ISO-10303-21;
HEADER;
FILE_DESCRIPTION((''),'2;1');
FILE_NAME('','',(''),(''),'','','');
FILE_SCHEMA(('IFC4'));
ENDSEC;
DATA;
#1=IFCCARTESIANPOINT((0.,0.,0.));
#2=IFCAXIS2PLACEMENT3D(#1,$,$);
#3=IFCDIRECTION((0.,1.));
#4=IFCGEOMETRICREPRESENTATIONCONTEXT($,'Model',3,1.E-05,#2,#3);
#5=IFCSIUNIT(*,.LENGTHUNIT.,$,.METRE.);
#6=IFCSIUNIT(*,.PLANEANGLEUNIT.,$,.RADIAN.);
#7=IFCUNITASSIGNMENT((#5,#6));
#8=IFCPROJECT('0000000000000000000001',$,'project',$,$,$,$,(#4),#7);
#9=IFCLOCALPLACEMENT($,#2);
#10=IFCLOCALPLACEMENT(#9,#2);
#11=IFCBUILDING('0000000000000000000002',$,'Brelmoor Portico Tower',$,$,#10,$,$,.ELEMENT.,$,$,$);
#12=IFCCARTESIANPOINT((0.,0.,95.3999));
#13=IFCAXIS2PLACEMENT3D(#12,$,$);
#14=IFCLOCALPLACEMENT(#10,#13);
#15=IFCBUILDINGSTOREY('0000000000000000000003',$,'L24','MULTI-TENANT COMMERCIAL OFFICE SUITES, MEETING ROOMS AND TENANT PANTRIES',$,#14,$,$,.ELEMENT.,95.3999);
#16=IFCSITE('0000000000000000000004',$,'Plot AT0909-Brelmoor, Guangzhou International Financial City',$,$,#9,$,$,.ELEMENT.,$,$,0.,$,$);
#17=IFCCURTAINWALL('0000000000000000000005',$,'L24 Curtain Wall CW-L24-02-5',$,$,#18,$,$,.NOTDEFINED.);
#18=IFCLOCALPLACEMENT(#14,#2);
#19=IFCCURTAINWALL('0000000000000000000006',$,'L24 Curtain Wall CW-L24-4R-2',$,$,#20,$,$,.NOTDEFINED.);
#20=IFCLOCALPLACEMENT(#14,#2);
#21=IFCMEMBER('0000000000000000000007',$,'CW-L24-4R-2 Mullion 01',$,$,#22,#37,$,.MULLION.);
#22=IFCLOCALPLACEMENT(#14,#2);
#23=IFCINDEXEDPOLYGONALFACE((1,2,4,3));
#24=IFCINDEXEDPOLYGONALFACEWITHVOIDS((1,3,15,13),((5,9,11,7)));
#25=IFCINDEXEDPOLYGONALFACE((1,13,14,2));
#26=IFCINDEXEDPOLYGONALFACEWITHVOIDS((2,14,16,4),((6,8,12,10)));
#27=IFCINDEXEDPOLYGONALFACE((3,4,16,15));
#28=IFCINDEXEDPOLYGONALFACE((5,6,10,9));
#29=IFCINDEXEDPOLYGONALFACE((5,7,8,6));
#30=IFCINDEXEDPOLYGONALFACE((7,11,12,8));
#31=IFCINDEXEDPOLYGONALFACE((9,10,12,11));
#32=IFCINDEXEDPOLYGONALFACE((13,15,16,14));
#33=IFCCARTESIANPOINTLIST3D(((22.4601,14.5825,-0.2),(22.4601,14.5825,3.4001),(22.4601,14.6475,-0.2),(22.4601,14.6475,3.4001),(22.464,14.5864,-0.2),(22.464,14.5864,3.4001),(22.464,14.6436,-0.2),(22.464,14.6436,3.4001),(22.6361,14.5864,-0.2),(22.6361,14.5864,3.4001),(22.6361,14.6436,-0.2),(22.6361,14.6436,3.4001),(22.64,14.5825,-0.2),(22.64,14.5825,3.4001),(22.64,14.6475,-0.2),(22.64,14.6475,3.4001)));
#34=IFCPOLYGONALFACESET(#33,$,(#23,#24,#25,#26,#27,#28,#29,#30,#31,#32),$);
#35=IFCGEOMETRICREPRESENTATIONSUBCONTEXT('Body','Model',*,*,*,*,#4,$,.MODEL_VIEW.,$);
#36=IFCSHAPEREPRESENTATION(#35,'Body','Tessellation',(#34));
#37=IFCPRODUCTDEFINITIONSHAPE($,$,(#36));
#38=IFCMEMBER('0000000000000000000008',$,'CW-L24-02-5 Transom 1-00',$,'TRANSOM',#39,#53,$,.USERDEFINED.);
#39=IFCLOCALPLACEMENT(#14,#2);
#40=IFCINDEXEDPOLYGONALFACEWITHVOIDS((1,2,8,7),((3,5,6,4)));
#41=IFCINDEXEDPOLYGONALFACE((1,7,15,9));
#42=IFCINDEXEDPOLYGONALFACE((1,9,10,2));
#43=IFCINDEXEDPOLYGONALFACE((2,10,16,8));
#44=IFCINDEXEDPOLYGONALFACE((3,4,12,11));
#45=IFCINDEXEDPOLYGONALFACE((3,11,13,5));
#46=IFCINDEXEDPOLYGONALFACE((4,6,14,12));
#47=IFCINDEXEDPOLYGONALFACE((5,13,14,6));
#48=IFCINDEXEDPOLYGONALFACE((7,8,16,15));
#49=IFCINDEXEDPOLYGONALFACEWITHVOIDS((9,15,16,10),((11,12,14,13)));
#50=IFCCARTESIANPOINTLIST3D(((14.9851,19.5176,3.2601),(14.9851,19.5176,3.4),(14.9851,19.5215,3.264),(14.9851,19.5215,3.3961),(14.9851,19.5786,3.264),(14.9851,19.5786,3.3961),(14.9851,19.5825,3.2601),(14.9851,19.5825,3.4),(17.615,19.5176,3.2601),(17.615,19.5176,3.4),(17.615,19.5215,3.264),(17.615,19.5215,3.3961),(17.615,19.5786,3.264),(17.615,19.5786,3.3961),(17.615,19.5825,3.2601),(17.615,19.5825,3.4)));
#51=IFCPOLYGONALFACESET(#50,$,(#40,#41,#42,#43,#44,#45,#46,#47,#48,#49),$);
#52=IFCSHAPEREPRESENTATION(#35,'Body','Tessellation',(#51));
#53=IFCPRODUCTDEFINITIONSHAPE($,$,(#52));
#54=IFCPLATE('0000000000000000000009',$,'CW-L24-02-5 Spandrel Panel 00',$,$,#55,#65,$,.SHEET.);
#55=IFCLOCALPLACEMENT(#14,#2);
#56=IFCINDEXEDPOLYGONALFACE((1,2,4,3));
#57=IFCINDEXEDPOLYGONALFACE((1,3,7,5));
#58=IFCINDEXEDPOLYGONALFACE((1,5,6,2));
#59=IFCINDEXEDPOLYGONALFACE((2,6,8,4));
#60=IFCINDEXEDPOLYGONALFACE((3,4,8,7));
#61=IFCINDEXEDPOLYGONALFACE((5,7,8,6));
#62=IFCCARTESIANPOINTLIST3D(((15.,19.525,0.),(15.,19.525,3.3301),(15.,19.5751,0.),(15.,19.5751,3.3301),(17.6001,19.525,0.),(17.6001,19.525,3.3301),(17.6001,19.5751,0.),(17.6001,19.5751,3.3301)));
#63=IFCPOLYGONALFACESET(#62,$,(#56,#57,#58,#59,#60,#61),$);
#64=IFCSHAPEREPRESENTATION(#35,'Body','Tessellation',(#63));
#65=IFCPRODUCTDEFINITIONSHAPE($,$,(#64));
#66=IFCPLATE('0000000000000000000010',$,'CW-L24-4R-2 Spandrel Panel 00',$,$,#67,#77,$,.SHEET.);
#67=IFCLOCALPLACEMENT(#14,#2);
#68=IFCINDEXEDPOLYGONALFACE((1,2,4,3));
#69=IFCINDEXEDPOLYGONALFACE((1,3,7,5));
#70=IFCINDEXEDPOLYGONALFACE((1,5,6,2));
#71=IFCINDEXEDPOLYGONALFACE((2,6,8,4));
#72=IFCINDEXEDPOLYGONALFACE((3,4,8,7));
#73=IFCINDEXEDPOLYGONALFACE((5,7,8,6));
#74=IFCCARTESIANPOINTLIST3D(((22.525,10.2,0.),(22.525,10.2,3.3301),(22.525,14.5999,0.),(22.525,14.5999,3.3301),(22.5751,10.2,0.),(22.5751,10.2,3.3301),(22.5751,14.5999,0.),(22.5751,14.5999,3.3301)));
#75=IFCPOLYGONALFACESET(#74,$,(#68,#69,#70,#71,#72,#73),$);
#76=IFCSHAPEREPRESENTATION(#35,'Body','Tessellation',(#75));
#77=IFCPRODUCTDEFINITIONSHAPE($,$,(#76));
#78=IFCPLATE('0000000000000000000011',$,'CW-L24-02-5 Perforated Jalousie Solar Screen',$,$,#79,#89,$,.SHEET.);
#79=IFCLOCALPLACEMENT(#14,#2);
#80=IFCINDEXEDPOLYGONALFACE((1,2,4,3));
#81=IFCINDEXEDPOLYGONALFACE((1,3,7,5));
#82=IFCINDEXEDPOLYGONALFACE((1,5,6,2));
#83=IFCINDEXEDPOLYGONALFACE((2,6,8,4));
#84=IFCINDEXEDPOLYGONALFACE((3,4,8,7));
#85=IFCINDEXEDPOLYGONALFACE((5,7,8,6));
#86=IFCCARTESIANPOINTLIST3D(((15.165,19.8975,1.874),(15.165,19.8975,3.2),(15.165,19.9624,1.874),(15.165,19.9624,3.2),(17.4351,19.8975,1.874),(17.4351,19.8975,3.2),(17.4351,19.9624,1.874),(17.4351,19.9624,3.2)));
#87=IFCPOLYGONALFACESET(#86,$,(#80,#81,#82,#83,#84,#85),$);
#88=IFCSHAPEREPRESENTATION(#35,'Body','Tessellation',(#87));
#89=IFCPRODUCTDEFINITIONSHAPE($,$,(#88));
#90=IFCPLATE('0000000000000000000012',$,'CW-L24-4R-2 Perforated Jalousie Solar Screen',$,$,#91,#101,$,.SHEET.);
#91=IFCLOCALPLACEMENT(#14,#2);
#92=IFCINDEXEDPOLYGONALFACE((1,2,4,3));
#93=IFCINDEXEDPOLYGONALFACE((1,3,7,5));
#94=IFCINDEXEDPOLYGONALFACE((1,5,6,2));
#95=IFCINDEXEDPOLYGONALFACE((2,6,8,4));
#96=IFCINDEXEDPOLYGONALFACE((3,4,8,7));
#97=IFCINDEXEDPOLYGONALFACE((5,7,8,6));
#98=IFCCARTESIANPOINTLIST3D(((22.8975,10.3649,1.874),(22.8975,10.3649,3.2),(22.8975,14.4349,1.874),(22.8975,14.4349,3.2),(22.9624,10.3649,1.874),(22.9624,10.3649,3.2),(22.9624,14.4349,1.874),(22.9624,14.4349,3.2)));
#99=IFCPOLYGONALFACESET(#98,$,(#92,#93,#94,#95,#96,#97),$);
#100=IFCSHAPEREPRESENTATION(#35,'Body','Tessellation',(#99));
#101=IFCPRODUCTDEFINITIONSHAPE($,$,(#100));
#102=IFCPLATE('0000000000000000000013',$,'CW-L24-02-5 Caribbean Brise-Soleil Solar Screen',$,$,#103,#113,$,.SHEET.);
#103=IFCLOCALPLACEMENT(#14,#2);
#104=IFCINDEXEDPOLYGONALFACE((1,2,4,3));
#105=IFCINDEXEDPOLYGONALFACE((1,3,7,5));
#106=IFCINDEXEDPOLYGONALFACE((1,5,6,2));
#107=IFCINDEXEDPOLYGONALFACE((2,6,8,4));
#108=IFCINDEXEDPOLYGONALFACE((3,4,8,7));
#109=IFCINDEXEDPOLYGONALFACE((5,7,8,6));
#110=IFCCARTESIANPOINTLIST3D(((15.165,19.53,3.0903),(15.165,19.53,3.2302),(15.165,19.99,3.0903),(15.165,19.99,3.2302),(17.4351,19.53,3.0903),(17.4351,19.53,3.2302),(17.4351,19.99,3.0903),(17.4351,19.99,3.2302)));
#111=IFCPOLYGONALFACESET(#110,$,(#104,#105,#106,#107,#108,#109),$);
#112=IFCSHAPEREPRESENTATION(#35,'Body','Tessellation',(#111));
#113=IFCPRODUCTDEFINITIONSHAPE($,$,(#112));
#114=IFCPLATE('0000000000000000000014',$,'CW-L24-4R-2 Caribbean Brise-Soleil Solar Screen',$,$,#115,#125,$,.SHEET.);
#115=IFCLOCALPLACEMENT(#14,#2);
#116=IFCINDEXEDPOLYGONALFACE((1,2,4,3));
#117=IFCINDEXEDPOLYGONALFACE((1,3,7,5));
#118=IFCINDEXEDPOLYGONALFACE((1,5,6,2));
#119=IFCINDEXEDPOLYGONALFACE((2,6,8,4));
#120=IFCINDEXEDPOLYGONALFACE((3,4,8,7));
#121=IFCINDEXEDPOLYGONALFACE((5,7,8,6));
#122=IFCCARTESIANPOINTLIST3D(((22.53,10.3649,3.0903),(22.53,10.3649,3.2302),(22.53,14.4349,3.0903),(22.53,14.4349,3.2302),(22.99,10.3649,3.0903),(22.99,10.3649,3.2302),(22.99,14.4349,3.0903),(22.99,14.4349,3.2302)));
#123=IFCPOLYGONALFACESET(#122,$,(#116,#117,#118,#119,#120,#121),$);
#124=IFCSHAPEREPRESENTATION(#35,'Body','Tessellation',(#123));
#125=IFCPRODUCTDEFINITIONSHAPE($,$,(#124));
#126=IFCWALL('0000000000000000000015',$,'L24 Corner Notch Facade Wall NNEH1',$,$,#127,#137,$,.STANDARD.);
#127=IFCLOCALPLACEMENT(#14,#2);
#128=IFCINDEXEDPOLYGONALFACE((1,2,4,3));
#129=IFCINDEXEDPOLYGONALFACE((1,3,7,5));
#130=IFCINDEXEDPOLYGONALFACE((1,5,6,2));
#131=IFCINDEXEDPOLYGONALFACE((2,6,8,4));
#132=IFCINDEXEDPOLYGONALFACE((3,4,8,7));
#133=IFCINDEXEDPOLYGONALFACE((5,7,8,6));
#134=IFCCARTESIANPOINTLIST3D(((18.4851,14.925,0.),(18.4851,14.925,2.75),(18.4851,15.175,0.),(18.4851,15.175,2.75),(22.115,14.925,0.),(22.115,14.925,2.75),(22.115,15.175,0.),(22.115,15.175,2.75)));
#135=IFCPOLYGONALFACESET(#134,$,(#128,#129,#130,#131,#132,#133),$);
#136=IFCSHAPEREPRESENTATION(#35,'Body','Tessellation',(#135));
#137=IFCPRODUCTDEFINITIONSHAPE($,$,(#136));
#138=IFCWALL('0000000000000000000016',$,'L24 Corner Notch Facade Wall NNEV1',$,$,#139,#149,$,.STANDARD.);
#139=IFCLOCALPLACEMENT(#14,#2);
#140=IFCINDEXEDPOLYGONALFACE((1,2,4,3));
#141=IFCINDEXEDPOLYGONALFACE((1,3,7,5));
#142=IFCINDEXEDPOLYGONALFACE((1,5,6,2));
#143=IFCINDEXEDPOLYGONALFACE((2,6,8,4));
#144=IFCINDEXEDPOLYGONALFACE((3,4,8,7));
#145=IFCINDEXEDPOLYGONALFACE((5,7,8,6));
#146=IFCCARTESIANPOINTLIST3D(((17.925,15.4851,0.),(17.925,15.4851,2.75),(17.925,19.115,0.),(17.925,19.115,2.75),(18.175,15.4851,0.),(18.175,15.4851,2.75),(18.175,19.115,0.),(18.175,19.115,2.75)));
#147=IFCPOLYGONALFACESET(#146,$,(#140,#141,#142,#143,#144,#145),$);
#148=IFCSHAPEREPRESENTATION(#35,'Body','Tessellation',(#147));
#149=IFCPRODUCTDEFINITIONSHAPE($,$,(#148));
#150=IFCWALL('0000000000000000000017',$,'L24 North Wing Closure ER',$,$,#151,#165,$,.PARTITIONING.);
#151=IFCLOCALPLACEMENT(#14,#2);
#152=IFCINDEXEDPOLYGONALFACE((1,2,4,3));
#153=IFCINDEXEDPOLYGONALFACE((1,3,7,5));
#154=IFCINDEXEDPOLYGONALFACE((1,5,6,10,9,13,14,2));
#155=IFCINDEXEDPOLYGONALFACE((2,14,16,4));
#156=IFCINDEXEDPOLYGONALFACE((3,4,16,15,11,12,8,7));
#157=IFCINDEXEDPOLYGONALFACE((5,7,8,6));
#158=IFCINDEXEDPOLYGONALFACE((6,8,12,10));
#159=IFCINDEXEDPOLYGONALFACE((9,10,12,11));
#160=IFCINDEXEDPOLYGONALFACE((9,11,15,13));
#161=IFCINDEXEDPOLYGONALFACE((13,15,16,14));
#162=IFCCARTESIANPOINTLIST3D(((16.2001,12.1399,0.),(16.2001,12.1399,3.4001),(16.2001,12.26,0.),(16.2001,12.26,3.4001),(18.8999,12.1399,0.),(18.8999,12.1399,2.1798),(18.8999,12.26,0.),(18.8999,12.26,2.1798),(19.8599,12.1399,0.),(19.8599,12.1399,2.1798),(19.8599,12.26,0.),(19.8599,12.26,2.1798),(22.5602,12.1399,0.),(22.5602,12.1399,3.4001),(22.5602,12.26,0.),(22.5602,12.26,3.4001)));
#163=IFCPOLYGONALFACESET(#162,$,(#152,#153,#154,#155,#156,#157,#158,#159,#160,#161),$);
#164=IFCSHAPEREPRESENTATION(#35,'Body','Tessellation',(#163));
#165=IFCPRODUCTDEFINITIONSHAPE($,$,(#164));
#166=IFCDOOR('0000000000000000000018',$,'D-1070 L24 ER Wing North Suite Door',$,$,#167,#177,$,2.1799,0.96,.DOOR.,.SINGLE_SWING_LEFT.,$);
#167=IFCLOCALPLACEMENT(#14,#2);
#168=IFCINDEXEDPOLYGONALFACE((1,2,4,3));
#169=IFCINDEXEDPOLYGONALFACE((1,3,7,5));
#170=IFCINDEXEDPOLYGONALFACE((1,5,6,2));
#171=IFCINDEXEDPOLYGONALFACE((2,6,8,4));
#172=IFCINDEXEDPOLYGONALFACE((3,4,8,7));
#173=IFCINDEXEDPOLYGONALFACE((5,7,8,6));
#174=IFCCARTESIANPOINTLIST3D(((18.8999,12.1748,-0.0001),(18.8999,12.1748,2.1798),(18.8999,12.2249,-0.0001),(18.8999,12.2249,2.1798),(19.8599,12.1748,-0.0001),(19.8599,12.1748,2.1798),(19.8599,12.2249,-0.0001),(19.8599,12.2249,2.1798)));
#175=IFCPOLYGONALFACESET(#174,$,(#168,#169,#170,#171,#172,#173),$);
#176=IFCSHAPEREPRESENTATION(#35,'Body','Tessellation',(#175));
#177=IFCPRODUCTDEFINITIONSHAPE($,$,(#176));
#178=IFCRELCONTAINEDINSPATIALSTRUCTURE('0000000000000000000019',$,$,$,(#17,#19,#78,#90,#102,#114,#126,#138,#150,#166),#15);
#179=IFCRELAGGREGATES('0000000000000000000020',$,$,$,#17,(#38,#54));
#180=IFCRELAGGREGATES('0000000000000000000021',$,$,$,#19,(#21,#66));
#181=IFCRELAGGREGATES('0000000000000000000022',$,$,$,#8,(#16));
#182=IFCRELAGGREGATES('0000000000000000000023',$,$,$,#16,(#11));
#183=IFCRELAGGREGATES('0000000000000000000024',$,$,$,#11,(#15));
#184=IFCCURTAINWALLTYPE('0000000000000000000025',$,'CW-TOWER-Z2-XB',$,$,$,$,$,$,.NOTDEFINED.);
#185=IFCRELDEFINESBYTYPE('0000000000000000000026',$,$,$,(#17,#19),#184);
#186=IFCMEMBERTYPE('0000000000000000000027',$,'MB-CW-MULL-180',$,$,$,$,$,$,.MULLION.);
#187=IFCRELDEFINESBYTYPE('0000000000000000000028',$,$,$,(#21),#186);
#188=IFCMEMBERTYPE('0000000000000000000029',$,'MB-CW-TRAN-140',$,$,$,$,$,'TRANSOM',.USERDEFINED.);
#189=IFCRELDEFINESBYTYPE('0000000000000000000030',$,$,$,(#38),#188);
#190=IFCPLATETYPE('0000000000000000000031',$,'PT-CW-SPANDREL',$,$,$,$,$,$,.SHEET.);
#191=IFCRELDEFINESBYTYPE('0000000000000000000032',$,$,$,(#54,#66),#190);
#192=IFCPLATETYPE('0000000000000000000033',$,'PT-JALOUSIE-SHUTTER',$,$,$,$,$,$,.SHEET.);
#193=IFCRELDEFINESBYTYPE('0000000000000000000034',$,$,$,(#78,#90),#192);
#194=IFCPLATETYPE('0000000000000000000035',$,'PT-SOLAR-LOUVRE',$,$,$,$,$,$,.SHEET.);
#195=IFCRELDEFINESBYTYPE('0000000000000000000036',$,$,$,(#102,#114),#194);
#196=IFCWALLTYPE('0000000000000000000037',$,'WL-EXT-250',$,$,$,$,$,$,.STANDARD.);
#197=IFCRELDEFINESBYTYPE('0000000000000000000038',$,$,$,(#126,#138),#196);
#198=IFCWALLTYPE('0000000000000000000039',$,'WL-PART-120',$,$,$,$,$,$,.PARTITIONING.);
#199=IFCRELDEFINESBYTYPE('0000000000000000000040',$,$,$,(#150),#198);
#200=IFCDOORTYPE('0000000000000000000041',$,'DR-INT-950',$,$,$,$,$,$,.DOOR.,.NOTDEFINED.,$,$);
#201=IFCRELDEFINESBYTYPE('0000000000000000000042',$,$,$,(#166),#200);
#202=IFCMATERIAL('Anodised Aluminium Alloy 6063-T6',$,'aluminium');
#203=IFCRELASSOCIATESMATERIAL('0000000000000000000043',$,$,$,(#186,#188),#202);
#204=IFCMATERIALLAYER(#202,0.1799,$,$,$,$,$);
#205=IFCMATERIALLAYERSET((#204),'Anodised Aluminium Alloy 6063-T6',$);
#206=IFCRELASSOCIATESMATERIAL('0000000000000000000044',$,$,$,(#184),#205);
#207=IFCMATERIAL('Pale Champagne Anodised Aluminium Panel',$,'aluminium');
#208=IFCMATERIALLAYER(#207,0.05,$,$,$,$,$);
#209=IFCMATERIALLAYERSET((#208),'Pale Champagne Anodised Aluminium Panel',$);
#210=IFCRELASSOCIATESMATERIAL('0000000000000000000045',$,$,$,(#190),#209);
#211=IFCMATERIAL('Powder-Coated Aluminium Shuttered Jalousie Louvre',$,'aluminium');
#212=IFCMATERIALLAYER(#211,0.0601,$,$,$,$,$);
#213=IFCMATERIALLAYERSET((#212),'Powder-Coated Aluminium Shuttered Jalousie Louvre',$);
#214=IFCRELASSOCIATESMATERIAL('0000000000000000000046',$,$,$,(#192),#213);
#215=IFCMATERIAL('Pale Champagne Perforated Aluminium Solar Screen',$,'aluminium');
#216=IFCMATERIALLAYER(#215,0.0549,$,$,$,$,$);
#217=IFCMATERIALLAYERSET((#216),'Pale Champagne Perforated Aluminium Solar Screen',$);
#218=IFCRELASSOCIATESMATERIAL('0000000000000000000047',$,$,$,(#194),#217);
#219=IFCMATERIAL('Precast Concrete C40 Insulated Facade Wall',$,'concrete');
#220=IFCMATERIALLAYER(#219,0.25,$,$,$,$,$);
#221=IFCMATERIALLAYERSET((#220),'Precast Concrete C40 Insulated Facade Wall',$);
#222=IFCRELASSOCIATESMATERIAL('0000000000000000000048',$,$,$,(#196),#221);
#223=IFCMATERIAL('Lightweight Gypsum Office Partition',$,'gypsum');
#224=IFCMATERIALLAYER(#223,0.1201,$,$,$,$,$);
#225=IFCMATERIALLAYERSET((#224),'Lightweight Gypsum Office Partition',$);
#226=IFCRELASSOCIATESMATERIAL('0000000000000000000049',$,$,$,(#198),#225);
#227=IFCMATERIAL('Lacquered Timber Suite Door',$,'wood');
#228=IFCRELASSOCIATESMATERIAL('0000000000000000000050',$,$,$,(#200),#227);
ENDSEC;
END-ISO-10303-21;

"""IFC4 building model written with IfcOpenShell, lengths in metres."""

from ifc_helpers import new_model, si_unit, direction, frame, frame_2d, origin, origin_2d, place, context, subcontext, project, spatial, rectangle, hollow_rectangle, extrude, material, layer, layer_set, material_profile, profile_set, type_object, element, fill, aggregate, save


model = new_model("IFC4")

# Units and contexts
model_context = context("Model", 3, precision=1e-05, world=origin(), true_north=direction((0.0, 1.0)))
body_context = subcontext(model_context, "Body", "Model", "MODEL_VIEW")
ifc_project = project(units=[si_unit("LENGTHUNIT", "METRE"), si_unit("PLANEANGLEUNIT", "RADIAN")], contexts=[model_context])

# Site, building, storey
site_placement = place(None, origin())
site = spatial("IfcSite", under=ifc_project, at=site_placement, Name="Plot AT0909-Brelmoor, Guangzhou International Financial City", CompositionType="ELEMENT", RefElevation=0.0)
building_placement = place(site_placement, origin())
building = spatial("IfcBuilding", under=site, at=building_placement, Name="Brelmoor Portico Tower", CompositionType="ELEMENT")
storey_placement = place(building_placement, frame((0.0, 0.0, 95.3999)))
storey = spatial("IfcBuildingStorey", under=building, at=storey_placement, Name="L24", Description="MULTI-TENANT COMMERCIAL OFFICE SUITES, MEETING ROOMS AND TENANT PANTRIES", CompositionType="ELEMENT", Elevation=95.3999)

# Shared definitions
ifc_material_1 = material(Name="Anodised Aluminium Alloy 6063-T6", Category="aluminium")
ifc_material_profile_1 = material_profile(ifc_material_1, hollow_rectangle(XDim=0.0649, YDim=0.1799, WallThickness=0.0039, at=origin_2d()), Name="ALU MULLION 65x180")
ifc_profile_set_1 = profile_set([ifc_material_profile_1], Name="Anodised Aluminium Alloy 6063-T6")
member_type_1 = type_object("IfcMemberType", Name="MB-CW-MULL-180", PredefinedType="MULLION", material=ifc_profile_set_1)

# Curtain wall
ifc_layer_1 = layer(ifc_material_1, 0.1799)
ifc_layer_set_1 = layer_set([ifc_layer_1], Name="Anodised Aluminium Alloy 6063-T6")
curtain_wall_type_1 = type_object("IfcCurtainWallType", Name="CW-TOWER-Z2-XB", PredefinedType="NOTDEFINED", material=ifc_layer_set_1)
curtain_wall_1_placement = place(storey_placement, origin())
curtain_wall_1 = element("IfcCurtainWall", 1, at=curtain_wall_1_placement, inside=storey, type_object=curtain_wall_type_1, Name="L24 Curtain Wall CW-L24-02-5", PredefinedType="NOTDEFINED")

# Curtain wall, member
curtain_wall_2_placement = place(storey_placement, origin())
curtain_wall_2 = element("IfcCurtainWall", 2, at=curtain_wall_2_placement, inside=storey, type_object=curtain_wall_type_1, Name="L24 Curtain Wall CW-L24-4R-2", PredefinedType="NOTDEFINED")
member_1_placement = place(storey_placement, frame((22.55, 14.615, -0.2), z_axis=(0.0, 0.0, 1.0), x_axis=(0.0, 1.0, 0.0)))
member_1 = element("IfcMember", 3, at=member_1_placement, type_object=member_type_1, Name="CW-L24-4R-2 Mullion 01", PredefinedType="MULLION", context=body_context, shape_type="SweptSolid", body=[
    extrude(hollow_rectangle(XDim=0.0649, YDim=0.1799, WallThickness=0.0039, at=origin_2d()), origin(), (0.0, 0.0, 1.0), 3.6001),
])

# Member
ifc_material_profile_2 = material_profile(ifc_material_1, hollow_rectangle(XDim=0.0649, YDim=0.1399, WallThickness=0.0039, at=origin_2d()), Name="ALU TRANSOM 65x140")
ifc_profile_set_2 = profile_set([ifc_material_profile_2], Name="Anodised Aluminium Alloy 6063-T6")
member_type_2 = type_object("IfcMemberType", Name="MB-CW-TRAN-140", ElementType="TRANSOM", PredefinedType="USERDEFINED", material=ifc_profile_set_2)
member_2_placement = place(storey_placement, frame((14.9851, 19.55, 3.3301), z_axis=(1.0, 0.0, 0.0), x_axis=(0.0, 1.0, 0.0)))
member_2 = element("IfcMember", 4, at=member_2_placement, type_object=member_type_2, Name="CW-L24-02-5 Transom 1-00", ObjectType="TRANSOM", PredefinedType="USERDEFINED", context=body_context, shape_type="SweptSolid", body=[
    extrude(hollow_rectangle(XDim=0.0649, YDim=0.1399, WallThickness=0.0039, at=origin_2d()), origin(), (0.0, 0.0, 1.0), 2.6299),
])

# Plates
ifc_material_2 = material(Name="Pale Champagne Anodised Aluminium Panel", Category="aluminium")
ifc_layer_2 = layer(ifc_material_2, 0.05)
ifc_layer_set_2 = layer_set([ifc_layer_2], Name="Pale Champagne Anodised Aluminium Panel")
plate_type_1 = type_object("IfcPlateType", Name="PT-CW-SPANDREL", PredefinedType="SHEET", material=ifc_layer_set_2)
plate_1_placement = place(storey_placement, frame((16.3, 19.55, 0.0), z_axis=(0.0, 0.0, 1.0), x_axis=(1.0, 0.0, 0.0)))
plate_1 = element("IfcPlate", 5, at=plate_1_placement, type_object=plate_type_1, Name="CW-L24-02-5 Spandrel Panel 00", PredefinedType="SHEET", context=body_context, shape_type="SweptSolid", body=[
    extrude(rectangle(XDim=2.6001, YDim=0.05, at=origin_2d()), origin(), (0.0, 0.0, 1.0), 3.3301),
])
aggregate(curtain_wall_1, [member_2, plate_1])
plate_2_placement = place(storey_placement, frame((22.55, 12.3999, 0.0), z_axis=(0.0, 0.0, 1.0), x_axis=(0.0, 1.0, 0.0)))
plate_2 = element("IfcPlate", 6, at=plate_2_placement, type_object=plate_type_1, Name="CW-L24-4R-2 Spandrel Panel 00", PredefinedType="SHEET", context=body_context, shape_type="SweptSolid", body=[
    extrude(rectangle(XDim=4.3999, YDim=0.05, at=origin_2d()), origin(), (0.0, 0.0, 1.0), 3.3301),
])
aggregate(curtain_wall_2, [member_1, plate_2])

# Plates
ifc_material_3 = material(Name="Powder-Coated Aluminium Shuttered Jalousie Louvre", Category="aluminium")
ifc_layer_3 = layer(ifc_material_3, 0.0601)
ifc_layer_set_3 = layer_set([ifc_layer_3], Name="Powder-Coated Aluminium Shuttered Jalousie Louvre")
plate_type_2 = type_object("IfcPlateType", Name="PT-JALOUSIE-SHUTTER", PredefinedType="SHEET", material=ifc_layer_set_3)
plate_3_placement = place(storey_placement, frame((16.3, 19.9299, 1.874), z_axis=(0.0, 0.0, 1.0), x_axis=(1.0, 0.0, 0.0)))
element("IfcPlate", 7, at=plate_3_placement, inside=storey, type_object=plate_type_2, Name="CW-L24-02-5 Perforated Jalousie Solar Screen", PredefinedType="SHEET", context=body_context, shape_type="SweptSolid", body=[
    extrude(rectangle(XDim=2.27, YDim=0.0649, at=origin_2d()), origin(), (0.0, 0.0, 1.0), 1.3259),
])
plate_4_placement = place(storey_placement, frame((22.9299, 12.3999, 1.874), z_axis=(0.0, 0.0, 1.0), x_axis=(0.0, 1.0, 0.0)))
element("IfcPlate", 8, at=plate_4_placement, inside=storey, type_object=plate_type_2, Name="CW-L24-4R-2 Perforated Jalousie Solar Screen", PredefinedType="SHEET", context=body_context, shape_type="SweptSolid", body=[
    extrude(rectangle(XDim=4.0701, YDim=0.0649, at=origin_2d()), origin(), (0.0, 0.0, 1.0), 1.3259),
])
ifc_material_4 = material(Name="Pale Champagne Perforated Aluminium Solar Screen", Category="aluminium")
ifc_layer_4 = layer(ifc_material_4, 0.0549)
ifc_layer_set_4 = layer_set([ifc_layer_4], Name="Pale Champagne Perforated Aluminium Solar Screen")
plate_type_3 = type_object("IfcPlateType", Name="PT-SOLAR-LOUVRE", PredefinedType="SHEET", material=ifc_layer_set_4)
plate_5_placement = place(storey_placement, frame((16.3, 19.76, 3.0903), z_axis=(0.0, 0.0, 1.0), x_axis=(1.0, 0.0, 0.0)))
element("IfcPlate", 9, at=plate_5_placement, inside=storey, type_object=plate_type_3, Name="CW-L24-02-5 Caribbean Brise-Soleil Solar Screen", PredefinedType="SHEET", context=body_context, shape_type="SweptSolid", body=[
    extrude(rectangle(XDim=2.27, YDim=0.46, at=origin_2d()), origin(), (0.0, 0.0, 1.0), 0.1399),
])
plate_6_placement = place(storey_placement, frame((22.76, 12.3999, 3.0903), z_axis=(0.0, 0.0, 1.0), x_axis=(0.0, 1.0, 0.0)))
element("IfcPlate", 10, at=plate_6_placement, inside=storey, type_object=plate_type_3, Name="CW-L24-4R-2 Caribbean Brise-Soleil Solar Screen", PredefinedType="SHEET", context=body_context, shape_type="SweptSolid", body=[
    extrude(rectangle(XDim=4.0701, YDim=0.46, at=origin_2d()), origin(), (0.0, 0.0, 1.0), 0.1399),
])

# Walls
ifc_material_5 = material(Name="Precast Concrete C40 Insulated Facade Wall", Category="concrete")
ifc_layer_5 = layer(ifc_material_5, 0.25)
ifc_layer_set_5 = layer_set([ifc_layer_5], Name="Precast Concrete C40 Insulated Facade Wall")
wall_type_1 = type_object("IfcWallType", Name="WL-EXT-250", PredefinedType="STANDARD", material=ifc_layer_set_5)
for number, where, z_axis, x_axis, name in (
    (11, (18.4851, 15.05, 0.0), (0.0, 0.0, 1.0), (1.0, 0.0, 0.0), "L24 Corner Notch Facade Wall NNEH1"),
    (12, (18.05, 15.4851, 0.0), (0.0, 0.0, 1.0), (0.0, 1.0, 0.0), "L24 Corner Notch Facade Wall NNEV1"),
):
    element("IfcWall", number, at=place(storey_placement, frame(where, z_axis=z_axis, x_axis=x_axis)), inside=storey, type_object=wall_type_1, Name=name, PredefinedType="STANDARD", context=body_context, shape_type="SweptSolid", body=[
        extrude(rectangle(XDim=3.6299, YDim=0.25, at=frame_2d((1.8149, 0.0))), origin(), (0.0, 0.0, 1.0), 2.75),
    ])

# Wall, opening, door
ifc_material_6 = material(Name="Lightweight Gypsum Office Partition", Category="gypsum")
ifc_layer_6 = layer(ifc_material_6, 0.1201)
ifc_layer_set_6 = layer_set([ifc_layer_6], Name="Lightweight Gypsum Office Partition")
wall_type_2 = type_object("IfcWallType", Name="WL-PART-120", PredefinedType="PARTITIONING", material=ifc_layer_set_6)
wall_1_placement = place(storey_placement, frame((16.2, 12.2, 0.0), z_axis=(0.0, 0.0, 1.0), x_axis=(1.0, 0.0, 0.0)))
wall_1 = element("IfcWall", 13, at=wall_1_placement, inside=storey, type_object=wall_type_2, Name="L24 North Wing Closure ER", PredefinedType="PARTITIONING", context=body_context, shape_type="SweptSolid", body=[
    extrude(rectangle(XDim=6.3601, YDim=0.1201, at=frame_2d((3.1802, 0.0))), origin(), (0.0, 0.0, 1.0), 3.4001),
])
opening_1_placement = place(wall_1_placement, frame((2.7, 0.0, 0.0)))
opening_1 = element("IfcOpeningElement", 14, at=opening_1_placement, cuts=wall_1, PredefinedType="OPENING", context=body_context, shape_type="SweptSolid", body=[
    extrude(rectangle(XDim=0.96, YDim=2.1799, at=frame_2d((0.48, 1.0898))), frame((0.0, 0.0701, 0.0), z_axis=(0.0, -1.0, 0.0), x_axis=(1.0, 0.0, 0.0)), (0.0, 0.0, 1.0), 0.1401),
])
ifc_material_7 = material(Name="Lacquered Timber Suite Door", Category="wood")
door_type_1 = type_object("IfcDoorType", Name="DR-INT-950", OperationType="NOTDEFINED", PredefinedType="DOOR", material=ifc_material_7)
door_1_placement = place(opening_1_placement, origin())
door_1 = element("IfcDoor", 15, at=door_1_placement, inside=storey, type_object=door_type_1, Name="D-1070 L24 ER Wing North Suite Door", OperationType="SINGLE_SWING_LEFT", OverallHeight=2.1799, OverallWidth=0.96, PredefinedType="DOOR", context=body_context, shape_type="SweptSolid", body=[
    extrude(rectangle(XDim=0.96, YDim=2.1799, at=frame_2d((0.48, 1.0898))), frame((0.0, 0.0249, 0.0), z_axis=(0.0, -1.0, 0.0), x_axis=(1.0, 0.0, 0.0)), (0.0, 0.0, 1.0), 0.05),
])
fill(opening_1, door_1)

save(model, "model.ifc")
